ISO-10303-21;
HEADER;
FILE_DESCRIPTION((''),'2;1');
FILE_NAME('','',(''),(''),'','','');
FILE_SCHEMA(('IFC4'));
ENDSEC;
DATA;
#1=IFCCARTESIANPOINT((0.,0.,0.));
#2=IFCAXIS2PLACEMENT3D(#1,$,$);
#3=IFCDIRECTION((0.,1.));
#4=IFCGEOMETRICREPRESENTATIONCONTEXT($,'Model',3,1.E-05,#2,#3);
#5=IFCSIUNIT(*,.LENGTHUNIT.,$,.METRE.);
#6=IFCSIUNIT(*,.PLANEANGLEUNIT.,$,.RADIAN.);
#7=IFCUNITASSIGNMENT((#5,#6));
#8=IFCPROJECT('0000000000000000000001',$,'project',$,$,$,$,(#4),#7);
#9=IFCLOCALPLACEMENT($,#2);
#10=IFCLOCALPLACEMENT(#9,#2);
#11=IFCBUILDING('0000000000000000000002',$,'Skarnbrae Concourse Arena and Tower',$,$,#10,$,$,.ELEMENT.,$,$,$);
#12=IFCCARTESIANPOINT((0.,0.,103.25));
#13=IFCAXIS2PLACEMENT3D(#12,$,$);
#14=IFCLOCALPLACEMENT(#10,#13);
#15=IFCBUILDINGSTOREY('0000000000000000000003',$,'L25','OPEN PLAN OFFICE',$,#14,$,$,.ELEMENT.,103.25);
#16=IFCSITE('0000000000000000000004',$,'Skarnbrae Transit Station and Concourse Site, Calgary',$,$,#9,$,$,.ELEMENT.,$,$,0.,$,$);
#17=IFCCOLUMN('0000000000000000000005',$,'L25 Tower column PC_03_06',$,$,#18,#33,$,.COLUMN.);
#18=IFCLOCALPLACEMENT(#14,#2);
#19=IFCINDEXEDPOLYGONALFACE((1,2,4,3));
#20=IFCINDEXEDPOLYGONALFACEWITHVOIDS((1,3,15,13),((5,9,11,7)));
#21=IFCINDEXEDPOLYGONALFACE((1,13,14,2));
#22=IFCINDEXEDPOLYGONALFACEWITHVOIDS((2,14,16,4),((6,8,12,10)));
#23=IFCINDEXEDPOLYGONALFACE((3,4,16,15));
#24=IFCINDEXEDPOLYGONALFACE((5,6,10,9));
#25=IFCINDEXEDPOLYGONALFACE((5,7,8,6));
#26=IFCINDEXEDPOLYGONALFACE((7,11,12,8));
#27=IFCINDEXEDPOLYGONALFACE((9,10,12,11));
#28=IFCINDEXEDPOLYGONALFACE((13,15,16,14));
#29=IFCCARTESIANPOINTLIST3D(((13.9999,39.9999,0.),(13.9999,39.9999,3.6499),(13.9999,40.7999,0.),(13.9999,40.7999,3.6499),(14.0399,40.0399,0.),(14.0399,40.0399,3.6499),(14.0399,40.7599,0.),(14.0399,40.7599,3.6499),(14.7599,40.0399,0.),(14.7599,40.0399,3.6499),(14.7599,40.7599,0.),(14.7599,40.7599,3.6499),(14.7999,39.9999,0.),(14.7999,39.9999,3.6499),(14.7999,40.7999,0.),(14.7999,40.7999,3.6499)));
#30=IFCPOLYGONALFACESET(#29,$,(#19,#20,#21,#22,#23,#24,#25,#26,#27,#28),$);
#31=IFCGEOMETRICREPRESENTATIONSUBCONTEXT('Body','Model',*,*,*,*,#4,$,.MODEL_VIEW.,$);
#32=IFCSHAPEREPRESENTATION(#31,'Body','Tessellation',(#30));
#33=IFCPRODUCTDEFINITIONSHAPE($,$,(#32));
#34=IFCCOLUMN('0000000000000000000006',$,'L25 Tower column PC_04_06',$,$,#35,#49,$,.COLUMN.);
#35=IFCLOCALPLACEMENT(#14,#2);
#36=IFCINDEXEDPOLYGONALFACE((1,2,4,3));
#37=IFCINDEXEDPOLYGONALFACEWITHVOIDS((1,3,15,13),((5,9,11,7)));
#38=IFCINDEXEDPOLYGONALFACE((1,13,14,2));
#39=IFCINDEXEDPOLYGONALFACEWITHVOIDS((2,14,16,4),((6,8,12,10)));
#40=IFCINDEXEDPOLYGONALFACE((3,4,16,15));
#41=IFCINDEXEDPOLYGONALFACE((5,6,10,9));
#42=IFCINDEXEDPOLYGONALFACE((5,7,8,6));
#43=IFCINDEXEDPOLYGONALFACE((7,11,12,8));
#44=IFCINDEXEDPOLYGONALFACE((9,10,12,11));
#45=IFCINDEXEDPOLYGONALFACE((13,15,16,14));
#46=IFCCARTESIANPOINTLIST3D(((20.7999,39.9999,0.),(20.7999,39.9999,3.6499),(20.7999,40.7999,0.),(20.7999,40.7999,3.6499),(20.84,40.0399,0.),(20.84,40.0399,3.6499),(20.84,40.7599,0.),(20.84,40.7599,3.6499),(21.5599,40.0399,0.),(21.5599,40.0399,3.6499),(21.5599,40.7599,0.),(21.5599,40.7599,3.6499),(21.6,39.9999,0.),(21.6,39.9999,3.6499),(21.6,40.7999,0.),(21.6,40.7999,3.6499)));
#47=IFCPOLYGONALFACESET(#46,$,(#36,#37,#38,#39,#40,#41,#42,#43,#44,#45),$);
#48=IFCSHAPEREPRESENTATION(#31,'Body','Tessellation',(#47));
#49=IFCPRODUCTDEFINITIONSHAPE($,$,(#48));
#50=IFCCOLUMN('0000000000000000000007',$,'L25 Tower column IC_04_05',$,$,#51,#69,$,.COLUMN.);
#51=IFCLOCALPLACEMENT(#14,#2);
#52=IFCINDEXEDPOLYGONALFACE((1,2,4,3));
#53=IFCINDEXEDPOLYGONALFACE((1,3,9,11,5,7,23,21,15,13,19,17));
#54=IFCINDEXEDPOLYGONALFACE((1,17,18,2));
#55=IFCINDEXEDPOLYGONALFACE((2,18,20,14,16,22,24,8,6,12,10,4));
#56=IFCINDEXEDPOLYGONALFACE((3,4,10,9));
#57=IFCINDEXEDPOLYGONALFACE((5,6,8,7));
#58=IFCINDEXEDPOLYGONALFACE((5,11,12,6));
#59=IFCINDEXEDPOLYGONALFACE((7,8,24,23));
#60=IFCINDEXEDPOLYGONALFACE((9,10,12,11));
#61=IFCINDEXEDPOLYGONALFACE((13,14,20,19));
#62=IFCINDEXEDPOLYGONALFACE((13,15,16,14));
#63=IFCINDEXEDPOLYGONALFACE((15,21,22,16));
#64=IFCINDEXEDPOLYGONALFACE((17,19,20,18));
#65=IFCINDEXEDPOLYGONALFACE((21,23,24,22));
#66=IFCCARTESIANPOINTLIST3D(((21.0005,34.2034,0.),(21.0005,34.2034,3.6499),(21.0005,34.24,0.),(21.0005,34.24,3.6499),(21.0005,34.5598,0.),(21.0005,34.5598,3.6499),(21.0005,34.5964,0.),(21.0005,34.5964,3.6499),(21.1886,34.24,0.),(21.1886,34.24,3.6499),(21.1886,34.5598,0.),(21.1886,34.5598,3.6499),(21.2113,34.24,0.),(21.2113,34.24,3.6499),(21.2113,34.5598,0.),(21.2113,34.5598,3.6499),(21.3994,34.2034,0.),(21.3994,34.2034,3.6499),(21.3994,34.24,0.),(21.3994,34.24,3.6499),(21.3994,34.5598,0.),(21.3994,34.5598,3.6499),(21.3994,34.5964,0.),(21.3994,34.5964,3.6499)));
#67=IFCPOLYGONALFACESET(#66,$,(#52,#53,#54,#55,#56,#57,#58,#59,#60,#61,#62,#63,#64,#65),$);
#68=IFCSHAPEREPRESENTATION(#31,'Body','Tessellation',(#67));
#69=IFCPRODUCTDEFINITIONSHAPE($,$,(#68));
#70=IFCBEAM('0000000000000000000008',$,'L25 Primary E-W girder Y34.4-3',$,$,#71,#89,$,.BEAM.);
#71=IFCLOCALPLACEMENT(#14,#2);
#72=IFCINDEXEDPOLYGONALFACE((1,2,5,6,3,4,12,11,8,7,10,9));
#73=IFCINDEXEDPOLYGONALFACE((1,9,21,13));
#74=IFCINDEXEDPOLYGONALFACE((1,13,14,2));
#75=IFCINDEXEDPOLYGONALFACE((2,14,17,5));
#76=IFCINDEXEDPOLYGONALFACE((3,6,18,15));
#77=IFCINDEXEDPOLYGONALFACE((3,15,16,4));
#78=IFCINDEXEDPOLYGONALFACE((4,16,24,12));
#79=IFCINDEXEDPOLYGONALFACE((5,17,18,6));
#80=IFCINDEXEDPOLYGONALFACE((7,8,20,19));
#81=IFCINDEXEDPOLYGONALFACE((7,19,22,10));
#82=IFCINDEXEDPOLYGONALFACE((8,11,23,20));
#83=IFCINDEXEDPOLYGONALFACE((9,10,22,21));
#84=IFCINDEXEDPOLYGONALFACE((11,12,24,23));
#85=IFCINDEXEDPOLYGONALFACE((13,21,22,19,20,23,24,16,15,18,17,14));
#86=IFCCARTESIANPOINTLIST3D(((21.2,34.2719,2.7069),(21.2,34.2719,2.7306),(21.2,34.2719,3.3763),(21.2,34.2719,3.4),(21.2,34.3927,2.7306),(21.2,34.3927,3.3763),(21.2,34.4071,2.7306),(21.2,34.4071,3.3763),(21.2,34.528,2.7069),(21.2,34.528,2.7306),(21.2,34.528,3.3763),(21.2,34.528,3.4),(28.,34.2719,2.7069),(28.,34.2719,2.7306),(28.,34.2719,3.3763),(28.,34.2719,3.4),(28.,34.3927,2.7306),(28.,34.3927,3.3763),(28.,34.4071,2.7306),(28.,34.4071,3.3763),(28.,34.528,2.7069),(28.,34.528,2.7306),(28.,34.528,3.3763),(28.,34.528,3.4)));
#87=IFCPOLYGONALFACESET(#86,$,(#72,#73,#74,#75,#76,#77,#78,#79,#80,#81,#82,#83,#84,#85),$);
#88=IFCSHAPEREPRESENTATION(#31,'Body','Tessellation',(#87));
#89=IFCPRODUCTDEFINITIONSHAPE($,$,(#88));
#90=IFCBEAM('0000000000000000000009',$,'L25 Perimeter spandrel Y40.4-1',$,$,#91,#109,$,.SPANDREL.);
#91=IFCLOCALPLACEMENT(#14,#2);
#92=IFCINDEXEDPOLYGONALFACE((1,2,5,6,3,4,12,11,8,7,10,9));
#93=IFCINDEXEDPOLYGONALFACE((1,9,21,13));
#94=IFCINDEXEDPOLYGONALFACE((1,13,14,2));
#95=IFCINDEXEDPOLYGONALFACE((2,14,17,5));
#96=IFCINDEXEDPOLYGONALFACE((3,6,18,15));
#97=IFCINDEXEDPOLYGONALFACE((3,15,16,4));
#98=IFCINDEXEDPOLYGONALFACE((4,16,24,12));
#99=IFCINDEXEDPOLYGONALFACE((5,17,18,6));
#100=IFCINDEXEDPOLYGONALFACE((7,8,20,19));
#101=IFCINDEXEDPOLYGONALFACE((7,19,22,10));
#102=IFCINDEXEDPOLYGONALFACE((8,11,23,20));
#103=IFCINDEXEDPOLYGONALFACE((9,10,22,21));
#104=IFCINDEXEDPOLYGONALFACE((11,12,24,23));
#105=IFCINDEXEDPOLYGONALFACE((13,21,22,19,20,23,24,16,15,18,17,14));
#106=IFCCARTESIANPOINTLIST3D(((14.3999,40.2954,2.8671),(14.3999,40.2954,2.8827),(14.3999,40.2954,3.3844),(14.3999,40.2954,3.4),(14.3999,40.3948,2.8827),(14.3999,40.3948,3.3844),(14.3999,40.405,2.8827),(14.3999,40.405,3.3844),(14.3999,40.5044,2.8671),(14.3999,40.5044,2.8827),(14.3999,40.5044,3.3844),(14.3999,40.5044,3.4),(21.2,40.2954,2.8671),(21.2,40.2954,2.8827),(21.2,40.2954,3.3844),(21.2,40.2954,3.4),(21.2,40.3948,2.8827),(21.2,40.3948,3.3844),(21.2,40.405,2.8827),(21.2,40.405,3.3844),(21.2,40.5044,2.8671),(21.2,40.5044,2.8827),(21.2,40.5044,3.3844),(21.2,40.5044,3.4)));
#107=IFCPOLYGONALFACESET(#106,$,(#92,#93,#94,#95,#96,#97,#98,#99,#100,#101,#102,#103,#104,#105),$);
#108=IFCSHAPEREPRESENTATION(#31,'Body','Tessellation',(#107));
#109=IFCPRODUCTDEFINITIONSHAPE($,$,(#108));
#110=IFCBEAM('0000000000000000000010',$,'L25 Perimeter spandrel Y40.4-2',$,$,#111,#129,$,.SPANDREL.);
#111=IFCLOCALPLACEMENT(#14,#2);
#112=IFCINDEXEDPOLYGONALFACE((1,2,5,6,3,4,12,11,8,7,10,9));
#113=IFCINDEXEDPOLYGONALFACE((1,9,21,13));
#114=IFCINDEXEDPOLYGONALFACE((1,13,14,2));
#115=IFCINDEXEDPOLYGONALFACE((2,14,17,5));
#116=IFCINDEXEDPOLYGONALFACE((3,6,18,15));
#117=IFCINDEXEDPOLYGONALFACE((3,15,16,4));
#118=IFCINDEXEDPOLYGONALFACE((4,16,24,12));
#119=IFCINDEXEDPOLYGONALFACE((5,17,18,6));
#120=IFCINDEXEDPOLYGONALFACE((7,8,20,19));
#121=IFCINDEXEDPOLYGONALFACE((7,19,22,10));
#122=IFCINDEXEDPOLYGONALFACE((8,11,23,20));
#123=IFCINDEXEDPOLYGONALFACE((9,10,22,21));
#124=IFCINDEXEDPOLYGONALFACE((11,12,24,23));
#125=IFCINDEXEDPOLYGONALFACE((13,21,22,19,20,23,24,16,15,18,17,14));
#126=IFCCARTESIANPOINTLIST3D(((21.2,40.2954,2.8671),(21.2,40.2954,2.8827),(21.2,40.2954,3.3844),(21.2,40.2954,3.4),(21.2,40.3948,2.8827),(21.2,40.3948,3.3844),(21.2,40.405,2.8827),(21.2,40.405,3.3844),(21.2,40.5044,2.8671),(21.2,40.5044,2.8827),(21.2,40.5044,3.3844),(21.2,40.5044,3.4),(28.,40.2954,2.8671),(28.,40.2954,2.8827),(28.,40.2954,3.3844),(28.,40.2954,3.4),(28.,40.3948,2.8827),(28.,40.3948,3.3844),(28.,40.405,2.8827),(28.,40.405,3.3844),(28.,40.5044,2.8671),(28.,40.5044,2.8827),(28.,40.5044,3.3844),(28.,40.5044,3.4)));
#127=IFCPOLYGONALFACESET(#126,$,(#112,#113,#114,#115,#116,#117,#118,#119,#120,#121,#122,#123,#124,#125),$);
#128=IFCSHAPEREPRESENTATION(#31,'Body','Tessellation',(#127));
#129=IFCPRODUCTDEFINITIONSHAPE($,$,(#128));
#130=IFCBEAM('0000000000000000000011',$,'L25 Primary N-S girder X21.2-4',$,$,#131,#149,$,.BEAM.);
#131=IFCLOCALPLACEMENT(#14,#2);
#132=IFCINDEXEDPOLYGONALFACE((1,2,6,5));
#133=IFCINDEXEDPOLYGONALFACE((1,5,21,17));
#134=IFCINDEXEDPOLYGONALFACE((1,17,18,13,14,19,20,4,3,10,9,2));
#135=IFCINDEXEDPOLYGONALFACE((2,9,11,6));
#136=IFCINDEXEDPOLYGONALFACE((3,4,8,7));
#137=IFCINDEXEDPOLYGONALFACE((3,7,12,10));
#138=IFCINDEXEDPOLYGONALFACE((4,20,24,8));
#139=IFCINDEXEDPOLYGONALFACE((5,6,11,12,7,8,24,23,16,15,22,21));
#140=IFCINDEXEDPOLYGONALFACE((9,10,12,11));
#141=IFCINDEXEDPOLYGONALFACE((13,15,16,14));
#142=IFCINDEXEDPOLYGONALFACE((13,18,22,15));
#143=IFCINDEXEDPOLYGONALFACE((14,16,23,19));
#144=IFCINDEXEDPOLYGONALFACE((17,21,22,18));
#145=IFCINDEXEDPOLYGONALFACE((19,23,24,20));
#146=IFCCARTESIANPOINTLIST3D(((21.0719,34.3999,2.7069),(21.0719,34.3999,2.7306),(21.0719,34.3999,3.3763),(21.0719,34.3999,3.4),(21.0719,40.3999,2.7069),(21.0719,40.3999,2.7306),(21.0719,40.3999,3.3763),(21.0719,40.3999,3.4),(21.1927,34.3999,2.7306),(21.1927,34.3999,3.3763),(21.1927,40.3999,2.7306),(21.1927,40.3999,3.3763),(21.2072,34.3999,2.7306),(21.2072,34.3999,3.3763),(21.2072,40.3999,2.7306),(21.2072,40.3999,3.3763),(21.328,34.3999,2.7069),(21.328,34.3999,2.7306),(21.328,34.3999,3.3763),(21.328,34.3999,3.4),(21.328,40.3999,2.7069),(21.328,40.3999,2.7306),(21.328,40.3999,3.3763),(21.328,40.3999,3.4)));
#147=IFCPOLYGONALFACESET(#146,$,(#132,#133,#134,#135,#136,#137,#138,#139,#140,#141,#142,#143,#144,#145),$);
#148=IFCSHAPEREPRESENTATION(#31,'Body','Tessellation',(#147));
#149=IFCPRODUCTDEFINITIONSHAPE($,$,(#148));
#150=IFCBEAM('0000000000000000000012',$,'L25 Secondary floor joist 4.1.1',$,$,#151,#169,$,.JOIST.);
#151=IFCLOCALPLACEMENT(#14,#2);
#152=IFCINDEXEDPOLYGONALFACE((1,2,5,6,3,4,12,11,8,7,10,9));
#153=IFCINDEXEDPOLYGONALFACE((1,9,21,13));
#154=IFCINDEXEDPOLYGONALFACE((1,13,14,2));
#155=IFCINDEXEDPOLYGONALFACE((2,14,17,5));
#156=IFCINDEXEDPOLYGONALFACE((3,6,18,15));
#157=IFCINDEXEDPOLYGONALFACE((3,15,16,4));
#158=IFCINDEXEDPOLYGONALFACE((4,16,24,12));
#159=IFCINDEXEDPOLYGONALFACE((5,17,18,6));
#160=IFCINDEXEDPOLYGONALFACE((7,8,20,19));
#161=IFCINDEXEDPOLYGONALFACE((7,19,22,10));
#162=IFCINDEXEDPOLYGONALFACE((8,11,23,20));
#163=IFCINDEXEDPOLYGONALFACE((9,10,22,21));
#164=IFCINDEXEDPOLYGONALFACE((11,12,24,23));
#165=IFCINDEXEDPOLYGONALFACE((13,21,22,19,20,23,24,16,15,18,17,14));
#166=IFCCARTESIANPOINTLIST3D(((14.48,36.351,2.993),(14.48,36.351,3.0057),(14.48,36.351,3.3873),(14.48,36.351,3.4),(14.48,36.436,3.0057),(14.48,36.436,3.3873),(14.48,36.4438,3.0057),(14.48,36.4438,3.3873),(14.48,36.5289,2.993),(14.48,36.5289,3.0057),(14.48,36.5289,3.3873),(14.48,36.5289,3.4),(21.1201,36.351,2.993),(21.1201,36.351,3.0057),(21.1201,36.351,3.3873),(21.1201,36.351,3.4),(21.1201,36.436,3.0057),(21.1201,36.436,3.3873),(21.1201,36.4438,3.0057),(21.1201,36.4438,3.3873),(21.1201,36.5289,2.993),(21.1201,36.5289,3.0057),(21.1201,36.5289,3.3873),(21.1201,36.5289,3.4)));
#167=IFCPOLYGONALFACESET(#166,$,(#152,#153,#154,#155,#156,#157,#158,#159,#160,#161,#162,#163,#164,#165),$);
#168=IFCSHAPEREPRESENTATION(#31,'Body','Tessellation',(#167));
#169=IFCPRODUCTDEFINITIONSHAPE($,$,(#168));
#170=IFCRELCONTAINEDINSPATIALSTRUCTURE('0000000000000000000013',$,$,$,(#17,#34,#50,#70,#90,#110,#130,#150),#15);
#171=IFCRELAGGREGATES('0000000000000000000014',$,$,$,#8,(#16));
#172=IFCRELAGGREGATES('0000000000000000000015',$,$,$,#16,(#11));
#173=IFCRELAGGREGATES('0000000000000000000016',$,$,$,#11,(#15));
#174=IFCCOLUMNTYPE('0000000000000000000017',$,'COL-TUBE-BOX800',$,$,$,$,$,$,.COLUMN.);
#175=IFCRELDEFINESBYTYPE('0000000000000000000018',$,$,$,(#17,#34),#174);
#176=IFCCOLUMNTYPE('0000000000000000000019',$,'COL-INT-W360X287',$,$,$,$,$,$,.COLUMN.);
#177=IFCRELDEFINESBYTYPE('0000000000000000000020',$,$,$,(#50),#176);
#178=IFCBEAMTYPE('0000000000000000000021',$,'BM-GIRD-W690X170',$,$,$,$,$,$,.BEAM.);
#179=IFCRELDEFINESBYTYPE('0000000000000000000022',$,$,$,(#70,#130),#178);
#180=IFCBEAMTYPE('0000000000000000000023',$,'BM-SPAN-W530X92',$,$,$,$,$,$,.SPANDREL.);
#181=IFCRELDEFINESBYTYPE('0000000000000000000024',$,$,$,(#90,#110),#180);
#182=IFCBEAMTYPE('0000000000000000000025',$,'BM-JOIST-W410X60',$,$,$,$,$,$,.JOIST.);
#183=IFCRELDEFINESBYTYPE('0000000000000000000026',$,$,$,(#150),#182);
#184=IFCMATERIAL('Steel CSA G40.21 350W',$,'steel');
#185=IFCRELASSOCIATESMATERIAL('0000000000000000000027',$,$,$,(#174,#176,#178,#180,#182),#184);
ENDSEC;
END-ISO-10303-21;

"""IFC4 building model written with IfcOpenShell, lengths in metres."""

from ifc_helpers import new_model, si_unit, direction, frame, origin, origin_2d, place, context, subcontext, project, spatial, hollow_rectangle, i_section, extrude, source, transform, mapped, material, material_profile, profile_set, type_object, element, save


model = new_model("IFC4")

# Units and contexts
model_context = context("Model", 3, precision=1e-05, world=origin(), true_north=direction((0.0, 1.0)))
body_context = subcontext(model_context, "Body", "Model", "MODEL_VIEW")
ifc_project = project(units=[si_unit("LENGTHUNIT", "METRE"), si_unit("PLANEANGLEUNIT", "RADIAN")], contexts=[model_context])

# Site, building, storey
site_placement = place(None, origin())
site = spatial("IfcSite", under=ifc_project, at=site_placement, Name="Skarnbrae Transit Station and Concourse Site, Calgary", CompositionType="ELEMENT", RefElevation=0.0)
building_placement = place(site_placement, origin())
building = spatial("IfcBuilding", under=site, at=building_placement, Name="Skarnbrae Concourse Arena and Tower", CompositionType="ELEMENT")
storey_placement = place(building_placement, frame((0.0, 0.0, 103.25)))
storey = spatial("IfcBuildingStorey", under=building, at=storey_placement, Name="L25", Description="OPEN PLAN OFFICE", CompositionType="ELEMENT", Elevation=103.25)

# Columns
ifc_material_1 = material(Name="Steel CSA G40.21 350W", Category="steel")
ifc_material_profile_1 = material_profile(ifc_material_1, hollow_rectangle(XDim=0.8, YDim=0.8, WallThickness=0.04, at=origin_2d()), Name="BOX800X800X40")
ifc_profile_set_1 = profile_set([ifc_material_profile_1], Name="Steel CSA G40.21 350W")
column_type_1 = type_object("IfcColumnType", Name="COL-TUBE-BOX800", PredefinedType="COLUMN", material=ifc_profile_set_1)
shared_shape_1 = source(origin(), body_context, "Body", "SweptSolid", [
    extrude(hollow_rectangle(XDim=0.8, YDim=0.8, WallThickness=0.04, at=origin_2d()), origin(), (0.0, 0.0, 1.0), 3.6499),
])
for number, where, z_axis, x_axis, name in (
    (1, (14.3999, 40.3999, 0.0), (0.0, 0.0, 1.0), (1.0, 0.0, 0.0), "L25 Tower column PC_03_06"),
    (2, (21.2, 40.3999, 0.0), (0.0, 0.0, 1.0), (1.0, 0.0, 0.0), "L25 Tower column PC_04_06"),
):
    element("IfcColumn", number, at=place(storey_placement, frame(where, z_axis=z_axis, x_axis=x_axis)), inside=storey, type_object=column_type_1, Name=name, PredefinedType="COLUMN", context=body_context, shape_type="MappedRepresentation", body=[
        mapped(shared_shape_1, transform((0.0, 0.0, 0.0))),
    ])
ifc_material_profile_2 = material_profile(ifc_material_1, i_section(OverallWidth=0.3989, OverallDepth=0.3931, WebThickness=0.0227, FlangeThickness=0.0366, at=origin_2d()), Name="W360X287")
ifc_profile_set_2 = profile_set([ifc_material_profile_2], Name="Steel CSA G40.21 350W")
column_type_2 = type_object("IfcColumnType", Name="COL-INT-W360X287", PredefinedType="COLUMN", material=ifc_profile_set_2)
shared_shape_2 = source(origin(), body_context, "Body", "SweptSolid", [
    extrude(i_section(OverallWidth=0.3989, OverallDepth=0.3931, WebThickness=0.0227, FlangeThickness=0.0366, at=origin_2d()), origin(), (0.0, 0.0, 1.0), 3.6499),
])
column_placement = place(storey_placement, frame((21.2, 34.3999, 0.0), z_axis=(0.0, 0.0, 1.0), x_axis=(1.0, 0.0, 0.0)))
element("IfcColumn", 3, at=column_placement, inside=storey, type_object=column_type_2, Name="L25 Tower column IC_04_05", PredefinedType="COLUMN", context=body_context, shape_type="MappedRepresentation", body=[
    mapped(shared_shape_2, transform((0.0, 0.0, 0.0))),
])

# Beams
ifc_material_profile_3 = material_profile(ifc_material_1, i_section(OverallWidth=0.2561, OverallDepth=0.6931, WebThickness=0.0144, FlangeThickness=0.0237, at=origin_2d()), Name="W690X170")
ifc_profile_set_3 = profile_set([ifc_material_profile_3], Name="Steel CSA G40.21 350W")
beam_type_1 = type_object("IfcBeamType", Name="BM-GIRD-W690X170", PredefinedType="BEAM", material=ifc_profile_set_3)
shared_shape_3 = source(origin(), body_context, "Body", "SweptSolid", [
    extrude(i_section(OverallWidth=0.2561, OverallDepth=0.6931, WebThickness=0.0144, FlangeThickness=0.0237, at=origin_2d()), origin(), (0.0, 0.0, 1.0), 6.8),
])
beam_1_placement = place(storey_placement, frame((21.2, 34.3999, 3.0535), z_axis=(1.0, 0.0, 0.0), x_axis=(0.0, 1.0, 0.0)))
element("IfcBeam", 4, at=beam_1_placement, inside=storey, type_object=beam_type_1, Name="L25 Primary E-W girder Y34.4-3", PredefinedType="BEAM", context=body_context, shape_type="MappedRepresentation", body=[
    mapped(shared_shape_3, transform((0.0, 0.0, 0.0))),
])
ifc_material_profile_4 = material_profile(ifc_material_1, i_section(OverallWidth=0.209, OverallDepth=0.533, WebThickness=0.0103, FlangeThickness=0.0156, at=origin_2d()), Name="W530X92")
ifc_profile_set_4 = profile_set([ifc_material_profile_4], Name="Steel CSA G40.21 350W")
beam_type_2 = type_object("IfcBeamType", Name="BM-SPAN-W530X92", PredefinedType="SPANDREL", material=ifc_profile_set_4)
shared_shape_4 = source(origin(), body_context, "Body", "SweptSolid", [
    extrude(i_section(OverallWidth=0.209, OverallDepth=0.533, WebThickness=0.0103, FlangeThickness=0.0156, at=origin_2d()), origin(), (0.0, 0.0, 1.0), 6.8),
])
for number, where, z_axis, x_axis, name in (
    (5, (14.3999, 40.3999, 3.1335), (1.0, 0.0, 0.0), (0.0, 1.0, 0.0), "L25 Perimeter spandrel Y40.4-1"),
    (6, (21.2, 40.3999, 3.1335), (1.0, 0.0, 0.0), (0.0, 1.0, 0.0), "L25 Perimeter spandrel Y40.4-2"),
):
    element("IfcBeam", number, at=place(storey_placement, frame(where, z_axis=z_axis, x_axis=x_axis)), inside=storey, type_object=beam_type_2, Name=name, PredefinedType="SPANDREL", context=body_context, shape_type="MappedRepresentation", body=[
        mapped(shared_shape_4, transform((0.0, 0.0, 0.0))),
    ])
shared_shape_5 = source(origin(), body_context, "Body", "SweptSolid", [
    extrude(i_section(OverallWidth=0.2561, OverallDepth=0.6931, WebThickness=0.0144, FlangeThickness=0.0237, at=origin_2d()), origin(), (0.0, 0.0, 1.0), 6.0),
])
beam_2_placement = place(storey_placement, frame((21.2, 34.3999, 3.0535), z_axis=(0.0, 1.0, 0.0), x_axis=(-1.0, 0.0, 0.0)))
element("IfcBeam", 7, at=beam_2_placement, inside=storey, type_object=beam_type_1, Name="L25 Primary N-S girder X21.2-4", PredefinedType="BEAM", context=body_context, shape_type="MappedRepresentation", body=[
    mapped(shared_shape_5, transform((0.0, 0.0, 0.0))),
])
ifc_material_profile_5 = material_profile(ifc_material_1, i_section(OverallWidth=0.178, OverallDepth=0.407, WebThickness=0.0078, FlangeThickness=0.0127, at=origin_2d()), Name="W410X60")
ifc_profile_set_5 = profile_set([ifc_material_profile_5], Name="Steel CSA G40.21 350W")
beam_type_3 = type_object("IfcBeamType", Name="BM-JOIST-W410X60", PredefinedType="JOIST", material=ifc_profile_set_5)
shared_shape_6 = source(origin(), body_context, "Body", "SweptSolid", [
    extrude(i_section(OverallWidth=0.178, OverallDepth=0.407, WebThickness=0.0078, FlangeThickness=0.0127, at=origin_2d()), origin(), (0.0, 0.0, 1.0), 6.6401),
])
for number, where, z_axis, x_axis, name in (
    (8, (14.48, 36.4399, 3.1965), (1.0, 0.0, 0.0), (0.0, 1.0, 0.0), "L25 Secondary floor joist 4.1.1"),
):
    element("IfcBeam", number, at=place(storey_placement, frame(where, z_axis=z_axis, x_axis=x_axis)), inside=storey, type_object=beam_type_3, Name=name, PredefinedType="JOIST", context=body_context, shape_type="MappedRepresentation", body=[
        mapped(shared_shape_6, transform((0.0, 0.0, 0.0))),
    ])

save(model, "model.ifc")
